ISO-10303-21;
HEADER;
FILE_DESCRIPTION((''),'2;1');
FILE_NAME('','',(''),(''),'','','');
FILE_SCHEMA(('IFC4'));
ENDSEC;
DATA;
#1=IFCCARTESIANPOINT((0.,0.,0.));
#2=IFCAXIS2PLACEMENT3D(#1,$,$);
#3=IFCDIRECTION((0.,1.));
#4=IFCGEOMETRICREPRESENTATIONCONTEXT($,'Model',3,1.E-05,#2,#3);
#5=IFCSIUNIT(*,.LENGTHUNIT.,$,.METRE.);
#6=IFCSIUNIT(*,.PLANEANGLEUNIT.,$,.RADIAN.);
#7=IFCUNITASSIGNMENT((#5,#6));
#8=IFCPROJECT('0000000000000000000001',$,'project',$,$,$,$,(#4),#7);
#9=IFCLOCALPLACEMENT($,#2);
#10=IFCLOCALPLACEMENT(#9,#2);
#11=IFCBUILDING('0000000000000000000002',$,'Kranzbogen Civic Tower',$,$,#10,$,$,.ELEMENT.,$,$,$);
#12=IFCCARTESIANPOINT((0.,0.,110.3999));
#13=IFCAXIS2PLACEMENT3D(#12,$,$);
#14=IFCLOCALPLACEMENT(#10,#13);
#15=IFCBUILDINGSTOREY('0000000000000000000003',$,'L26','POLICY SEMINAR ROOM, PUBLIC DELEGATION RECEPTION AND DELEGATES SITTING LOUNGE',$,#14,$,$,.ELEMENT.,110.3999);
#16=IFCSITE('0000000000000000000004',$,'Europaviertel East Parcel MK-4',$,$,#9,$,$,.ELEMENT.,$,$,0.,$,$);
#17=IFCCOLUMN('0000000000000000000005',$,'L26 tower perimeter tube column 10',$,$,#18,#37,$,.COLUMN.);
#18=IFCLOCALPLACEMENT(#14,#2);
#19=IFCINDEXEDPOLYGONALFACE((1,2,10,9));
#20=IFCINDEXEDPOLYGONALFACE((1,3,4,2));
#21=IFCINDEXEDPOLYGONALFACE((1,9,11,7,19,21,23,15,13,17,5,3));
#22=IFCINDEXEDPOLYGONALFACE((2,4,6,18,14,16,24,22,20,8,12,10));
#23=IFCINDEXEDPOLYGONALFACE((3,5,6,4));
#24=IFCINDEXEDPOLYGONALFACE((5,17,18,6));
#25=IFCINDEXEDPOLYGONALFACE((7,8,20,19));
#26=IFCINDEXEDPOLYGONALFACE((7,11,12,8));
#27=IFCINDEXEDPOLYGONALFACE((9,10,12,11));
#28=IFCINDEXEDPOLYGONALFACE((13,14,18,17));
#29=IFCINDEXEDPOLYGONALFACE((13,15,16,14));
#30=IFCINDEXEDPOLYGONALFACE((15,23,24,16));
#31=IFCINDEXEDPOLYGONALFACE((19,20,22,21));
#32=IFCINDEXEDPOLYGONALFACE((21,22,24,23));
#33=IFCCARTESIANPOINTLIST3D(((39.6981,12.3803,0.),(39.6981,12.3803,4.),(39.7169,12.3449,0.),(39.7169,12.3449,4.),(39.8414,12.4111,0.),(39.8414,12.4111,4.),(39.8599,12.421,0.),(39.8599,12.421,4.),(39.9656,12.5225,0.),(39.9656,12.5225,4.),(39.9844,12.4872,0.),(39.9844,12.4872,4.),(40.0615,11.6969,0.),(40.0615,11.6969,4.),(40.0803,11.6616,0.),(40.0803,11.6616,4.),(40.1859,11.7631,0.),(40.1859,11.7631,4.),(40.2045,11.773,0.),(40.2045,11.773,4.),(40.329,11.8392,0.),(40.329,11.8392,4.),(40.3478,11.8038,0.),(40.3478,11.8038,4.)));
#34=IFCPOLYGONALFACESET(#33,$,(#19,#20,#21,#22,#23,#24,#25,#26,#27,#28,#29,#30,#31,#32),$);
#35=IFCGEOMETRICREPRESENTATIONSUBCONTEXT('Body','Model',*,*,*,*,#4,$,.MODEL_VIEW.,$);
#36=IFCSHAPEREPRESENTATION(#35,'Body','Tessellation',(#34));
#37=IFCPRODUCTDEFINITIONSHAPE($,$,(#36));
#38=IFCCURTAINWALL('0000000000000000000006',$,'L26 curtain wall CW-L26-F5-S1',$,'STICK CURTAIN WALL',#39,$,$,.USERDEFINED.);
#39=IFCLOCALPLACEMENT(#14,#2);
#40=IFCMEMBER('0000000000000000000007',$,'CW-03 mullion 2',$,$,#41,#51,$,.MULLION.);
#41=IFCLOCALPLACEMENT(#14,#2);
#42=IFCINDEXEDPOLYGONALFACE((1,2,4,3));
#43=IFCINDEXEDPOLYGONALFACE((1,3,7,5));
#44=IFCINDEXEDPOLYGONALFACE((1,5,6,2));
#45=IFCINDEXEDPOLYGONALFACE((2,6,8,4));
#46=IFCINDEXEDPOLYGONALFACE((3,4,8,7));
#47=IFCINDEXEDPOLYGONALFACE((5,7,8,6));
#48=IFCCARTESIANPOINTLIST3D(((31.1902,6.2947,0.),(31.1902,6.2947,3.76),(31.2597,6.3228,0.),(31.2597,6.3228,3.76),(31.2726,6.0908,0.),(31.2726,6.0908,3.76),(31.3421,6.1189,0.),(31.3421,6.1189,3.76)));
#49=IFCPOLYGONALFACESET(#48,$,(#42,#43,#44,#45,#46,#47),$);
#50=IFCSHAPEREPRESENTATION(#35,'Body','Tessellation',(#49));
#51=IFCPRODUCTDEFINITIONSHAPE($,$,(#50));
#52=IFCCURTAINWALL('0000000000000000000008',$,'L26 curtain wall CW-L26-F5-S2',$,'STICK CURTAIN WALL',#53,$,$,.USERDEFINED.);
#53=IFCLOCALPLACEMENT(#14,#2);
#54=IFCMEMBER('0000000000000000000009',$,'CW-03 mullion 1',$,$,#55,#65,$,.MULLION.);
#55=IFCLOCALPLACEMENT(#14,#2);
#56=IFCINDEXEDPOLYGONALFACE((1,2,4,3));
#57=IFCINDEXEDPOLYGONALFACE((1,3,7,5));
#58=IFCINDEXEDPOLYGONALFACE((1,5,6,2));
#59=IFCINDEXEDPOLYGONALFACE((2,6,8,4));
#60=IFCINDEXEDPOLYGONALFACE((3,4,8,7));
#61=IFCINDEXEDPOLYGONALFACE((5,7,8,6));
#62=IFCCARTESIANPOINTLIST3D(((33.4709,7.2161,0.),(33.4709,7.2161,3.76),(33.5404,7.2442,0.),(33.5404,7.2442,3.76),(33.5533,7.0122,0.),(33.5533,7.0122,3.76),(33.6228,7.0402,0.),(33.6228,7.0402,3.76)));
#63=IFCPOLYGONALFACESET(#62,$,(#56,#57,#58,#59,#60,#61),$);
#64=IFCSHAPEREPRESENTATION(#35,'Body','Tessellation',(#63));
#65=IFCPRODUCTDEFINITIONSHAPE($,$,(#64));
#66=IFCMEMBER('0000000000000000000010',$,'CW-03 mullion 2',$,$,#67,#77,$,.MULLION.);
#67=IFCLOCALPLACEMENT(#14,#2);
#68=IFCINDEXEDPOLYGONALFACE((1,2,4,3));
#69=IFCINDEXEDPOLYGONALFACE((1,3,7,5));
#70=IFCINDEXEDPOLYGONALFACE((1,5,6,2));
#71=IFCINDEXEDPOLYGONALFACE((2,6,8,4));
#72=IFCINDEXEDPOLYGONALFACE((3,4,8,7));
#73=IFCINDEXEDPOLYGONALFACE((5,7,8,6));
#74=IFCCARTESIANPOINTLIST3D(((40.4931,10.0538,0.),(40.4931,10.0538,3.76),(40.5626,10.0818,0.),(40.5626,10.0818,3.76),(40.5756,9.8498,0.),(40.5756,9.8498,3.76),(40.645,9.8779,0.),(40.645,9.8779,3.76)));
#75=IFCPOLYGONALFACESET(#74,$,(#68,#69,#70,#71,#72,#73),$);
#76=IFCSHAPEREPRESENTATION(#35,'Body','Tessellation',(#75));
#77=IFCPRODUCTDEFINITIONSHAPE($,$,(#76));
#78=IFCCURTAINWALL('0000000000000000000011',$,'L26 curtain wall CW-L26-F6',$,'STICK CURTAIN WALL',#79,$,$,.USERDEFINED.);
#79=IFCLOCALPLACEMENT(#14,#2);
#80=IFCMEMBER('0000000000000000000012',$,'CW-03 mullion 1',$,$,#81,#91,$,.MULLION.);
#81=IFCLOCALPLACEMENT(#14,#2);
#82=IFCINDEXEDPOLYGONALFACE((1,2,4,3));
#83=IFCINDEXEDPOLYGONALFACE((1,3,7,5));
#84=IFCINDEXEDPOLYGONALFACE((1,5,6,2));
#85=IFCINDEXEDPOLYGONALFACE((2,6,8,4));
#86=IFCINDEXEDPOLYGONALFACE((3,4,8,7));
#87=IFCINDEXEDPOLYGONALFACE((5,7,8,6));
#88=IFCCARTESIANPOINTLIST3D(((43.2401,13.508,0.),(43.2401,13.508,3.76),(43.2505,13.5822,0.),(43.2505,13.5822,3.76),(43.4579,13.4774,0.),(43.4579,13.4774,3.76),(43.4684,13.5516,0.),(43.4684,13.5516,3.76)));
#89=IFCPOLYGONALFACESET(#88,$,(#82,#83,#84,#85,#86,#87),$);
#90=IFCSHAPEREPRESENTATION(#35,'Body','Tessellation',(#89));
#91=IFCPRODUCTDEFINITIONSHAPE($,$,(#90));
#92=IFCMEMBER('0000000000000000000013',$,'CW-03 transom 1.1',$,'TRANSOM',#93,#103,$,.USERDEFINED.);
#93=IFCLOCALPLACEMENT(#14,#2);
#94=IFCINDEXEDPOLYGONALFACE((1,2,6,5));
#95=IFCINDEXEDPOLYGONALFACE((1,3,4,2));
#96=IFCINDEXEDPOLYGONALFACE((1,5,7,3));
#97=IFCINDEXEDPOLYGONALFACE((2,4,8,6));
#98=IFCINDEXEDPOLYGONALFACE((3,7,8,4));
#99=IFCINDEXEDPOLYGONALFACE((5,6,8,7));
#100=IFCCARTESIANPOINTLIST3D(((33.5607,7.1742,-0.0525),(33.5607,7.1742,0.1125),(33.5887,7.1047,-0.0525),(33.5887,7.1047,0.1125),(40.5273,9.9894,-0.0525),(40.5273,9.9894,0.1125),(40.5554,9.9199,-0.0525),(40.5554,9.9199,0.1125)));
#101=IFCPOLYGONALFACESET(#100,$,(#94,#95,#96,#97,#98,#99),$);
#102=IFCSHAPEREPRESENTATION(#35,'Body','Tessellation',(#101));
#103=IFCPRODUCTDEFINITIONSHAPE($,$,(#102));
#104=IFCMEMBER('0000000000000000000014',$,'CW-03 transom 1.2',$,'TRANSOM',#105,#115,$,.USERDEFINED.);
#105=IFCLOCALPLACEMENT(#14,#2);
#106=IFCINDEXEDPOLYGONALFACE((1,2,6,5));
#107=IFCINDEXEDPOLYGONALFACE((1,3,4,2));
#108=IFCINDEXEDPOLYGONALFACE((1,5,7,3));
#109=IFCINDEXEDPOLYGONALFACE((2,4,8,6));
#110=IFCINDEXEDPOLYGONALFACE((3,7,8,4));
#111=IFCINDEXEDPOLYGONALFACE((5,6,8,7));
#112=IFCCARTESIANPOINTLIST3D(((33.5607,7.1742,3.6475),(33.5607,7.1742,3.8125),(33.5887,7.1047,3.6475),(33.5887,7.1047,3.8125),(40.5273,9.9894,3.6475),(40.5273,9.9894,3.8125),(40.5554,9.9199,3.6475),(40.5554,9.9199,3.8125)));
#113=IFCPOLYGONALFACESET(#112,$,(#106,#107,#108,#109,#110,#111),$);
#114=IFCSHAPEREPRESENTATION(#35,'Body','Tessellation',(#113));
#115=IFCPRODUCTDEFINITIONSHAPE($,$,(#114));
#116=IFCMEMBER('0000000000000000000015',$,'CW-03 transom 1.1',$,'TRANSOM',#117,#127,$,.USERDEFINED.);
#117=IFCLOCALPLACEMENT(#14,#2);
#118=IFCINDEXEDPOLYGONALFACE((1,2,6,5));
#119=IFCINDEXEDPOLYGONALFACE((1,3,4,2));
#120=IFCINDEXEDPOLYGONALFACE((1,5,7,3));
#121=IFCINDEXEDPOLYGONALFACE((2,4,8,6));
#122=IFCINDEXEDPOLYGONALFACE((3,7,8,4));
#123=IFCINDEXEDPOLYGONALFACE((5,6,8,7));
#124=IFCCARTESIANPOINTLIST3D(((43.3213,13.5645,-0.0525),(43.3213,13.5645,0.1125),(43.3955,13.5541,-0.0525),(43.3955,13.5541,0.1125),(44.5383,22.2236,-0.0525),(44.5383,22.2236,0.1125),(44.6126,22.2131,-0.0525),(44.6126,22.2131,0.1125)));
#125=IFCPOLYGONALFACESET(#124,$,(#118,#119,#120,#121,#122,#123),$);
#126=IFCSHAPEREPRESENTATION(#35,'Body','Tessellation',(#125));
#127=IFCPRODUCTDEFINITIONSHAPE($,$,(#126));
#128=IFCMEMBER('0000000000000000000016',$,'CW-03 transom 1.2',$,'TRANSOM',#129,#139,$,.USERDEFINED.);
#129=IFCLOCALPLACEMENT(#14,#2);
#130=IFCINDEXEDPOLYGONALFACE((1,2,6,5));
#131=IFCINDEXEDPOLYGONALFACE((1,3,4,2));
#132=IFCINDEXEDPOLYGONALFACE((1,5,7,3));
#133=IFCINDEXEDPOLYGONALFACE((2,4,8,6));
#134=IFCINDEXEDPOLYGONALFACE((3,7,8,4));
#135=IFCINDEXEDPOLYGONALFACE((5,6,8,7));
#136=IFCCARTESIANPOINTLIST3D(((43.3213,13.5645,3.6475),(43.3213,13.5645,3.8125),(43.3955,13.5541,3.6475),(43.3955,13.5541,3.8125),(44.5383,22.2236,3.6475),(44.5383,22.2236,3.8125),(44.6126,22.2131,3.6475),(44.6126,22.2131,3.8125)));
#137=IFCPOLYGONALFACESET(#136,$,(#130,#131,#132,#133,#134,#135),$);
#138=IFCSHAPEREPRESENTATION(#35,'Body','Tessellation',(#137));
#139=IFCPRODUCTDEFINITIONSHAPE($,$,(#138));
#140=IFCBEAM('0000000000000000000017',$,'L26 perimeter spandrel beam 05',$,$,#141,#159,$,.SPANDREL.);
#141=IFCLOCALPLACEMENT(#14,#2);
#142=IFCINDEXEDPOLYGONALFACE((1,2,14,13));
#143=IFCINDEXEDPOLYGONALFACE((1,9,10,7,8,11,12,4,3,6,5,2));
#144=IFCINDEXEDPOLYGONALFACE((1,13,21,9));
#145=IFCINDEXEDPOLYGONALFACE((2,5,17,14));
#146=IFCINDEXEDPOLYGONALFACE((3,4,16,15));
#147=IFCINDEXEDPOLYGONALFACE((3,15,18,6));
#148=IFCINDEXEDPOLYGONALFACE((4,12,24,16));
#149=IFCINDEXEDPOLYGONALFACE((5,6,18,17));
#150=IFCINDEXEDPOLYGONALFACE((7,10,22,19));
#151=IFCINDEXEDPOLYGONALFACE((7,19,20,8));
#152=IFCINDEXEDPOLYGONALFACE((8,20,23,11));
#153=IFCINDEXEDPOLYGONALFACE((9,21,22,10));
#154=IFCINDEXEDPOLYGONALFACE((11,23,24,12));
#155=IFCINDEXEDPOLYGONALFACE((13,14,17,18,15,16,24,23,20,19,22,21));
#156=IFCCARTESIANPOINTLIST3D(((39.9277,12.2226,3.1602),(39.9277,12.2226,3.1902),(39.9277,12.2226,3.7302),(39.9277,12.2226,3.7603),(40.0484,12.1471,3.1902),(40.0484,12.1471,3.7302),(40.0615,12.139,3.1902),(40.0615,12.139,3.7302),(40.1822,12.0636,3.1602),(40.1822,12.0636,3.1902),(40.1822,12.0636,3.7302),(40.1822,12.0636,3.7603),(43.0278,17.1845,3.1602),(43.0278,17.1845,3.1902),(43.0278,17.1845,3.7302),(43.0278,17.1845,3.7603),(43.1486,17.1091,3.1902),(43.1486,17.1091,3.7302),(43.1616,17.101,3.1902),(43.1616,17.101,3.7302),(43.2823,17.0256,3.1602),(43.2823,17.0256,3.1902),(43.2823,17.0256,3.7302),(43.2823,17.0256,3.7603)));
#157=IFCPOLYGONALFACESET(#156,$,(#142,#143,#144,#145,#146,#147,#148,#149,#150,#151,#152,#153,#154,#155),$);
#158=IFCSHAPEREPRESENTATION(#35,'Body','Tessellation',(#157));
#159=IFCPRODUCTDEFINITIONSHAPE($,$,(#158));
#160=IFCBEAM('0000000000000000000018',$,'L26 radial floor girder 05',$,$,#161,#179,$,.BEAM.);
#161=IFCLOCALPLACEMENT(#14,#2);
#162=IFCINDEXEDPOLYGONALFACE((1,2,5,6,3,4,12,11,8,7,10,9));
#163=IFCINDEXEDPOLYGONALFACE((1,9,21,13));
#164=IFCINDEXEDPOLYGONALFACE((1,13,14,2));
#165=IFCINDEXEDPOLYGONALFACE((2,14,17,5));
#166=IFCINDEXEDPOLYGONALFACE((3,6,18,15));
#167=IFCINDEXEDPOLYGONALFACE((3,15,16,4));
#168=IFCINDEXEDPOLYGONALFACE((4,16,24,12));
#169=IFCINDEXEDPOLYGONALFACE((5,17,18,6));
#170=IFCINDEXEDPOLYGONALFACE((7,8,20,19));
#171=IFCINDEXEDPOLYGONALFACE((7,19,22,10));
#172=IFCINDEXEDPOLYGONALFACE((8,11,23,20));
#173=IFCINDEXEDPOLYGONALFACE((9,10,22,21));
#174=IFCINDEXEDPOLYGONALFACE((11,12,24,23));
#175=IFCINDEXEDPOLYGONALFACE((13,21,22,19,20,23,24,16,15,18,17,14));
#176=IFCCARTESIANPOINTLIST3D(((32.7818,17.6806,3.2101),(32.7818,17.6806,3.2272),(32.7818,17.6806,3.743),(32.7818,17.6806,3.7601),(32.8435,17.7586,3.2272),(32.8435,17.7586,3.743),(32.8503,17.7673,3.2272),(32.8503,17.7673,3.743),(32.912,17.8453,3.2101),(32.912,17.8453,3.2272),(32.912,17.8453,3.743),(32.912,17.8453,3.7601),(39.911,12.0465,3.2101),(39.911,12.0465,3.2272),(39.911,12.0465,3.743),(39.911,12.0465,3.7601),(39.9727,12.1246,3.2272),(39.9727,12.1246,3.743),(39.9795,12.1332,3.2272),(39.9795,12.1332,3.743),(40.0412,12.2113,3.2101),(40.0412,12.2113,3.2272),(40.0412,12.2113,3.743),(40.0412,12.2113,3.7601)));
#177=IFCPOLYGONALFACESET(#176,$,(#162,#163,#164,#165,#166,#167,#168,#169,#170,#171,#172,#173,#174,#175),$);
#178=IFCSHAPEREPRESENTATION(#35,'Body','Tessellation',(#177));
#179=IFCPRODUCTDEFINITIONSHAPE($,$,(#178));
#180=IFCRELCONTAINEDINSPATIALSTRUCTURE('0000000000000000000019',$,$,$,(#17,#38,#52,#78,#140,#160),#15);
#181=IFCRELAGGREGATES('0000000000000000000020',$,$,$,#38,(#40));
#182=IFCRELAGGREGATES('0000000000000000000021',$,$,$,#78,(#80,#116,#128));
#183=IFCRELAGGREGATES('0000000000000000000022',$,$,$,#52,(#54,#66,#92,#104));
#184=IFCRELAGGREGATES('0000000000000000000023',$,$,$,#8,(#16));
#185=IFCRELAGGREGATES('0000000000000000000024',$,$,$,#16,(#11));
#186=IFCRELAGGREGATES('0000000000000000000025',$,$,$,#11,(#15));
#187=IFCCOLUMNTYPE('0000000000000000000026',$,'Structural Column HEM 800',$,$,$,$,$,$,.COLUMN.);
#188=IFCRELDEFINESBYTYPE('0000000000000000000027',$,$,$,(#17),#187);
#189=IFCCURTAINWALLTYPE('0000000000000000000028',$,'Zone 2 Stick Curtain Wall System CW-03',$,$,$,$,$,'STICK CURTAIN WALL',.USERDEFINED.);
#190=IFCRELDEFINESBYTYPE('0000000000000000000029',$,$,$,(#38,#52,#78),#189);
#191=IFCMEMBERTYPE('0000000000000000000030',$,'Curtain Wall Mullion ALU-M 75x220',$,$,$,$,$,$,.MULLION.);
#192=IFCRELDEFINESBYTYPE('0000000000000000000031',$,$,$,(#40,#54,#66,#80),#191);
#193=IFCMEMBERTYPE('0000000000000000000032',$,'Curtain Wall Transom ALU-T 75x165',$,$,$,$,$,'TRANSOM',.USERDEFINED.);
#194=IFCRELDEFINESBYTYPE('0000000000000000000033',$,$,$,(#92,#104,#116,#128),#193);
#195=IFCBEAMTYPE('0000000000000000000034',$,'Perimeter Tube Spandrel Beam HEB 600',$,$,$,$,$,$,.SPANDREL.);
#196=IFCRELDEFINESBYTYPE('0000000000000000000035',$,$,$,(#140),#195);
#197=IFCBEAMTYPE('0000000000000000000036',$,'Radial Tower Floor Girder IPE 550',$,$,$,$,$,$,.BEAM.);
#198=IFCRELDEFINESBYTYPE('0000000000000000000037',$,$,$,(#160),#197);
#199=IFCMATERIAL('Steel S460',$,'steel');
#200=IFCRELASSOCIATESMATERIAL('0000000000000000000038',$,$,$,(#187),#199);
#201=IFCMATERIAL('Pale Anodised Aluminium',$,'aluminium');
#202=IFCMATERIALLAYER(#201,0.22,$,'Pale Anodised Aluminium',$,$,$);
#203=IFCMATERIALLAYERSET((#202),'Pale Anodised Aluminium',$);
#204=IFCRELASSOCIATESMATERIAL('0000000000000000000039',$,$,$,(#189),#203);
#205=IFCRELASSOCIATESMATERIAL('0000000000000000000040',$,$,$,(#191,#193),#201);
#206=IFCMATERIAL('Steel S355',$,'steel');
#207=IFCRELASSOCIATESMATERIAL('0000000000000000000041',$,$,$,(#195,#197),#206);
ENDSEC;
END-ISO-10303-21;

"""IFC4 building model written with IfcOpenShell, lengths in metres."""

from ifc_helpers import new_model, si_unit, direction, frame, origin, origin_2d, place, context, subcontext, project, spatial, rectangle, i_section, extrude, material, layer, layer_set, material_profile, profile_set, type_object, element, aggregate, save


model = new_model("IFC4")

# Units and contexts
model_context = context("Model", 3, precision=1e-05, world=origin(), true_north=direction((0.0, 1.0)))
body_context = subcontext(model_context, "Body", "Model", "MODEL_VIEW")
ifc_project = project(units=[si_unit("LENGTHUNIT", "METRE"), si_unit("PLANEANGLEUNIT", "RADIAN")], contexts=[model_context])

# Site, building, storey
site_placement = place(None, origin())
site = spatial("IfcSite", under=ifc_project, at=site_placement, Name="Europaviertel East Parcel MK-4", CompositionType="ELEMENT", RefElevation=0.0)
building_placement = place(site_placement, origin())
building = spatial("IfcBuilding", under=site, at=building_placement, Name="Kranzbogen Civic Tower", CompositionType="ELEMENT")
storey_placement = place(building_placement, frame((0.0, 0.0, 110.3999)))
storey = spatial("IfcBuildingStorey", under=building, at=storey_placement, Name="L26", Description="POLICY SEMINAR ROOM, PUBLIC DELEGATION RECEPTION AND DELEGATES SITTING LOUNGE", CompositionType="ELEMENT", Elevation=110.3999)

# Column
ifc_material_1 = material(Name="Steel S460", Category="steel")
ifc_material_profile_1 = material_profile(ifc_material_1, i_section(OverallWidth=0.303, OverallDepth=0.814, WebThickness=0.021, FlangeThickness=0.04, at=origin_2d()), Name="HEM 800")
ifc_profile_set_1 = profile_set([ifc_material_profile_1], Name="Steel S460")
column_type = type_object("IfcColumnType", Name="Structural Column HEM 800", PredefinedType="COLUMN", material=ifc_profile_set_1)
column_placement = place(storey_placement, frame((40.0229, 12.092, 0.0), z_axis=(0.0, 0.0, 1.0), x_axis=(0.882948, 0.469472, 0.0)))
element("IfcColumn", 1, at=column_placement, inside=storey, type_object=column_type, Name="L26 tower perimeter tube column 10", PredefinedType="COLUMN", context=body_context, shape_type="SweptSolid", body=[
    extrude(i_section(OverallWidth=0.303, OverallDepth=0.814, WebThickness=0.021, FlangeThickness=0.04, at=origin_2d()), origin(), (0.0, 0.0, 1.0), 4.0),
])

# Curtain wall, member
ifc_material_2 = material(Name="Pale Anodised Aluminium", Category="aluminium")
ifc_layer_1 = layer(ifc_material_2, 0.22, Name="Pale Anodised Aluminium")
ifc_layer_set_1 = layer_set([ifc_layer_1], Name="Pale Anodised Aluminium")
curtain_wall_type = type_object("IfcCurtainWallType", Name="Zone 2 Stick Curtain Wall System CW-03", ElementType="STICK CURTAIN WALL", PredefinedType="USERDEFINED", material=ifc_layer_set_1)
curtain_wall_1_placement = place(storey_placement, origin())
curtain_wall_1 = element("IfcCurtainWall", 2, at=curtain_wall_1_placement, inside=storey, type_object=curtain_wall_type, Name="L26 curtain wall CW-L26-F5-S1", ObjectType="STICK CURTAIN WALL", PredefinedType="USERDEFINED")
ifc_material_profile_2 = material_profile(ifc_material_2, rectangle(XDim=0.075, YDim=0.22, at=origin_2d()), Name="ALU-M 75x220")
ifc_profile_set_2 = profile_set([ifc_material_profile_2], Name="Pale Anodised Aluminium")
member_type_1 = type_object("IfcMemberType", Name="Curtain Wall Mullion ALU-M 75x220", PredefinedType="MULLION", material=ifc_profile_set_2)
member_1_placement = place(storey_placement, frame((31.2661, 6.2068, 0.0), z_axis=(0.0, 0.0, 1.0), x_axis=(0.92717, 0.374641, 0.0)))
member_1 = element("IfcMember", 3, at=member_1_placement, type_object=member_type_1, Name="CW-03 mullion 2", PredefinedType="MULLION", context=body_context, shape_type="SweptSolid", body=[
    extrude(rectangle(XDim=0.075, YDim=0.22, at=origin_2d()), origin(), (0.0, 0.0, 1.0), 3.76),
])
aggregate(curtain_wall_1, [member_1])

# Curtain wall, members
curtain_wall_2_placement = place(storey_placement, origin())
curtain_wall_2 = element("IfcCurtainWall", 4, at=curtain_wall_2_placement, inside=storey, type_object=curtain_wall_type, Name="L26 curtain wall CW-L26-F5-S2", ObjectType="STICK CURTAIN WALL", PredefinedType="USERDEFINED")
member_2_placement = place(storey_placement, frame((33.5469, 7.1282, 0.0), z_axis=(0.0, 0.0, 1.0), x_axis=(0.92717, 0.374641, 0.0)))
member_2 = element("IfcMember", 5, at=member_2_placement, type_object=member_type_1, Name="CW-03 mullion 1", PredefinedType="MULLION", context=body_context, shape_type="SweptSolid", body=[
    extrude(rectangle(XDim=0.075, YDim=0.22, at=origin_2d()), origin(), (0.0, 0.0, 1.0), 3.76),
])
member_3_placement = place(storey_placement, frame((40.5691, 9.9658, 0.0), z_axis=(0.0, 0.0, 1.0), x_axis=(0.92717, 0.374641, 0.0)))
member_3 = element("IfcMember", 6, at=member_3_placement, type_object=member_type_1, Name="CW-03 mullion 2", PredefinedType="MULLION", context=body_context, shape_type="SweptSolid", body=[
    extrude(rectangle(XDim=0.075, YDim=0.22, at=origin_2d()), origin(), (0.0, 0.0, 1.0), 3.76),
])

# Curtain wall, member
curtain_wall_3_placement = place(storey_placement, origin())
curtain_wall_3 = element("IfcCurtainWall", 7, at=curtain_wall_3_placement, inside=storey, type_object=curtain_wall_type, Name="L26 curtain wall CW-L26-F6", ObjectType="STICK CURTAIN WALL", PredefinedType="USERDEFINED")
member_4_placement = place(storey_placement, frame((43.3542, 13.5298, 0.0), z_axis=(0.0, 0.0, 1.0), x_axis=(0.139179, 0.990267, 0.0)))
member_4 = element("IfcMember", 8, at=member_4_placement, type_object=member_type_1, Name="CW-03 mullion 1", PredefinedType="MULLION", context=body_context, shape_type="SweptSolid", body=[
    extrude(rectangle(XDim=0.075, YDim=0.22, at=origin_2d()), origin(), (0.0, 0.0, 1.0), 3.76),
])

# Members
ifc_material_profile_3 = material_profile(ifc_material_2, rectangle(XDim=0.075, YDim=0.165, at=origin_2d()), Name="ALU-T 75x165")
ifc_profile_set_3 = profile_set([ifc_material_profile_3], Name="Pale Anodised Aluminium")
member_type_2 = type_object("IfcMemberType", Name="Curtain Wall Transom ALU-T 75x165", ElementType="TRANSOM", PredefinedType="USERDEFINED", material=ifc_profile_set_3)
member_5_placement = place(storey_placement, frame((33.5747, 7.1394, 0.03), z_axis=(0.92716, 0.374666, 0.0), x_axis=(-0.374666, 0.92716, 0.0)))
member_5 = element("IfcMember", 9, at=member_5_placement, type_object=member_type_2, Name="CW-03 transom 1.1", ObjectType="TRANSOM", PredefinedType="USERDEFINED", context=body_context, shape_type="SweptSolid", body=[
    extrude(rectangle(XDim=0.075, YDim=0.165, at=origin_2d()), origin(), (0.0, 0.0, 1.0), 7.5139),
])
member_6_placement = place(storey_placement, frame((33.5747, 7.1394, 3.73), z_axis=(0.92716, 0.374666, 0.0), x_axis=(-0.374666, 0.92716, 0.0)))
member_6 = element("IfcMember", 10, at=member_6_placement, type_object=member_type_2, Name="CW-03 transom 1.2", ObjectType="TRANSOM", PredefinedType="USERDEFINED", context=body_context, shape_type="SweptSolid", body=[
    extrude(rectangle(XDim=0.075, YDim=0.165, at=origin_2d()), origin(), (0.0, 0.0, 1.0), 7.5139),
])
member_7_placement = place(storey_placement, frame((43.3584, 13.5593, 0.03), z_axis=(0.139185, 0.990266, 0.0), x_axis=(-0.990266, 0.139185, 0.0)))
member_7 = element("IfcMember", 11, at=member_7_placement, type_object=member_type_2, Name="CW-03 transom 1.1", ObjectType="TRANSOM", PredefinedType="USERDEFINED", context=body_context, shape_type="SweptSolid", body=[
    extrude(rectangle(XDim=0.075, YDim=0.165, at=origin_2d()), origin(), (0.0, 0.0, 1.0), 8.7441),
])
member_8_placement = place(storey_placement, frame((43.3584, 13.5593, 3.73), z_axis=(0.139185, 0.990266, 0.0), x_axis=(-0.990266, 0.139185, 0.0)))
member_8 = element("IfcMember", 12, at=member_8_placement, type_object=member_type_2, Name="CW-03 transom 1.2", ObjectType="TRANSOM", PredefinedType="USERDEFINED", context=body_context, shape_type="SweptSolid", body=[
    extrude(rectangle(XDim=0.075, YDim=0.165, at=origin_2d()), origin(), (0.0, 0.0, 1.0), 8.7441),
])
aggregate(curtain_wall_3, [member_4, member_7, member_8])

# Beams
ifc_material_3 = material(Name="Steel S355", Category="steel")
ifc_material_profile_4 = material_profile(ifc_material_3, i_section(OverallWidth=0.3, OverallDepth=0.6001, WebThickness=0.0154, FlangeThickness=0.03, at=origin_2d()), Name="HEB 600")
ifc_profile_set_4 = profile_set([ifc_material_profile_4], Name="Steel S355")
beam_type_1 = type_object("IfcBeamType", Name="Perimeter Tube Spandrel Beam HEB 600", PredefinedType="SPANDREL", material=ifc_profile_set_4)
beam_1_placement = place(storey_placement, frame((40.0549, 12.1431, 3.4602), z_axis=(0.529864, 0.848083, 0.0), x_axis=(-0.848083, 0.529864, 0.0)))
element("IfcBeam", 13, at=beam_1_placement, inside=storey, type_object=beam_type_1, Name="L26 perimeter spandrel beam 05", PredefinedType="SPANDREL", context=body_context, shape_type="SweptSolid", body=[
    extrude(i_section(OverallWidth=0.3, OverallDepth=0.6001, WebThickness=0.0154, FlangeThickness=0.03, at=origin_2d()), origin(), (0.0, 0.0, 1.0), 5.8508),
])
ifc_material_profile_5 = material_profile(ifc_material_3, i_section(OverallWidth=0.21, OverallDepth=0.55, WebThickness=0.011, FlangeThickness=0.0171, at=origin_2d()), Name="IPE 550")
ifc_profile_set_5 = profile_set([ifc_material_profile_5], Name="Steel S355")
beam_type_2 = type_object("IfcBeamType", Name="Radial Tower Floor Girder IPE 550", PredefinedType="BEAM", material=ifc_profile_set_5)
beam_2_placement = place(storey_placement, frame((39.9761, 12.1289, 3.4851), z_axis=(-0.784575, 0.620034, 0.0), x_axis=(-0.620034, -0.784575, 0.0)))
element("IfcBeam", 14, at=beam_2_placement, inside=storey, type_object=beam_type_2, Name="L26 radial floor girder 05", PredefinedType="BEAM", context=body_context, shape_type="SweptSolid", body=[
    extrude(i_section(OverallWidth=0.21, OverallDepth=0.55, WebThickness=0.011, FlangeThickness=0.0171, at=origin_2d()), origin(), (0.0, 0.0, 1.0), 9.0867),
])

aggregate(curtain_wall_2, [member_2, member_3, member_5, member_6])

save(model, "model.ifc")
